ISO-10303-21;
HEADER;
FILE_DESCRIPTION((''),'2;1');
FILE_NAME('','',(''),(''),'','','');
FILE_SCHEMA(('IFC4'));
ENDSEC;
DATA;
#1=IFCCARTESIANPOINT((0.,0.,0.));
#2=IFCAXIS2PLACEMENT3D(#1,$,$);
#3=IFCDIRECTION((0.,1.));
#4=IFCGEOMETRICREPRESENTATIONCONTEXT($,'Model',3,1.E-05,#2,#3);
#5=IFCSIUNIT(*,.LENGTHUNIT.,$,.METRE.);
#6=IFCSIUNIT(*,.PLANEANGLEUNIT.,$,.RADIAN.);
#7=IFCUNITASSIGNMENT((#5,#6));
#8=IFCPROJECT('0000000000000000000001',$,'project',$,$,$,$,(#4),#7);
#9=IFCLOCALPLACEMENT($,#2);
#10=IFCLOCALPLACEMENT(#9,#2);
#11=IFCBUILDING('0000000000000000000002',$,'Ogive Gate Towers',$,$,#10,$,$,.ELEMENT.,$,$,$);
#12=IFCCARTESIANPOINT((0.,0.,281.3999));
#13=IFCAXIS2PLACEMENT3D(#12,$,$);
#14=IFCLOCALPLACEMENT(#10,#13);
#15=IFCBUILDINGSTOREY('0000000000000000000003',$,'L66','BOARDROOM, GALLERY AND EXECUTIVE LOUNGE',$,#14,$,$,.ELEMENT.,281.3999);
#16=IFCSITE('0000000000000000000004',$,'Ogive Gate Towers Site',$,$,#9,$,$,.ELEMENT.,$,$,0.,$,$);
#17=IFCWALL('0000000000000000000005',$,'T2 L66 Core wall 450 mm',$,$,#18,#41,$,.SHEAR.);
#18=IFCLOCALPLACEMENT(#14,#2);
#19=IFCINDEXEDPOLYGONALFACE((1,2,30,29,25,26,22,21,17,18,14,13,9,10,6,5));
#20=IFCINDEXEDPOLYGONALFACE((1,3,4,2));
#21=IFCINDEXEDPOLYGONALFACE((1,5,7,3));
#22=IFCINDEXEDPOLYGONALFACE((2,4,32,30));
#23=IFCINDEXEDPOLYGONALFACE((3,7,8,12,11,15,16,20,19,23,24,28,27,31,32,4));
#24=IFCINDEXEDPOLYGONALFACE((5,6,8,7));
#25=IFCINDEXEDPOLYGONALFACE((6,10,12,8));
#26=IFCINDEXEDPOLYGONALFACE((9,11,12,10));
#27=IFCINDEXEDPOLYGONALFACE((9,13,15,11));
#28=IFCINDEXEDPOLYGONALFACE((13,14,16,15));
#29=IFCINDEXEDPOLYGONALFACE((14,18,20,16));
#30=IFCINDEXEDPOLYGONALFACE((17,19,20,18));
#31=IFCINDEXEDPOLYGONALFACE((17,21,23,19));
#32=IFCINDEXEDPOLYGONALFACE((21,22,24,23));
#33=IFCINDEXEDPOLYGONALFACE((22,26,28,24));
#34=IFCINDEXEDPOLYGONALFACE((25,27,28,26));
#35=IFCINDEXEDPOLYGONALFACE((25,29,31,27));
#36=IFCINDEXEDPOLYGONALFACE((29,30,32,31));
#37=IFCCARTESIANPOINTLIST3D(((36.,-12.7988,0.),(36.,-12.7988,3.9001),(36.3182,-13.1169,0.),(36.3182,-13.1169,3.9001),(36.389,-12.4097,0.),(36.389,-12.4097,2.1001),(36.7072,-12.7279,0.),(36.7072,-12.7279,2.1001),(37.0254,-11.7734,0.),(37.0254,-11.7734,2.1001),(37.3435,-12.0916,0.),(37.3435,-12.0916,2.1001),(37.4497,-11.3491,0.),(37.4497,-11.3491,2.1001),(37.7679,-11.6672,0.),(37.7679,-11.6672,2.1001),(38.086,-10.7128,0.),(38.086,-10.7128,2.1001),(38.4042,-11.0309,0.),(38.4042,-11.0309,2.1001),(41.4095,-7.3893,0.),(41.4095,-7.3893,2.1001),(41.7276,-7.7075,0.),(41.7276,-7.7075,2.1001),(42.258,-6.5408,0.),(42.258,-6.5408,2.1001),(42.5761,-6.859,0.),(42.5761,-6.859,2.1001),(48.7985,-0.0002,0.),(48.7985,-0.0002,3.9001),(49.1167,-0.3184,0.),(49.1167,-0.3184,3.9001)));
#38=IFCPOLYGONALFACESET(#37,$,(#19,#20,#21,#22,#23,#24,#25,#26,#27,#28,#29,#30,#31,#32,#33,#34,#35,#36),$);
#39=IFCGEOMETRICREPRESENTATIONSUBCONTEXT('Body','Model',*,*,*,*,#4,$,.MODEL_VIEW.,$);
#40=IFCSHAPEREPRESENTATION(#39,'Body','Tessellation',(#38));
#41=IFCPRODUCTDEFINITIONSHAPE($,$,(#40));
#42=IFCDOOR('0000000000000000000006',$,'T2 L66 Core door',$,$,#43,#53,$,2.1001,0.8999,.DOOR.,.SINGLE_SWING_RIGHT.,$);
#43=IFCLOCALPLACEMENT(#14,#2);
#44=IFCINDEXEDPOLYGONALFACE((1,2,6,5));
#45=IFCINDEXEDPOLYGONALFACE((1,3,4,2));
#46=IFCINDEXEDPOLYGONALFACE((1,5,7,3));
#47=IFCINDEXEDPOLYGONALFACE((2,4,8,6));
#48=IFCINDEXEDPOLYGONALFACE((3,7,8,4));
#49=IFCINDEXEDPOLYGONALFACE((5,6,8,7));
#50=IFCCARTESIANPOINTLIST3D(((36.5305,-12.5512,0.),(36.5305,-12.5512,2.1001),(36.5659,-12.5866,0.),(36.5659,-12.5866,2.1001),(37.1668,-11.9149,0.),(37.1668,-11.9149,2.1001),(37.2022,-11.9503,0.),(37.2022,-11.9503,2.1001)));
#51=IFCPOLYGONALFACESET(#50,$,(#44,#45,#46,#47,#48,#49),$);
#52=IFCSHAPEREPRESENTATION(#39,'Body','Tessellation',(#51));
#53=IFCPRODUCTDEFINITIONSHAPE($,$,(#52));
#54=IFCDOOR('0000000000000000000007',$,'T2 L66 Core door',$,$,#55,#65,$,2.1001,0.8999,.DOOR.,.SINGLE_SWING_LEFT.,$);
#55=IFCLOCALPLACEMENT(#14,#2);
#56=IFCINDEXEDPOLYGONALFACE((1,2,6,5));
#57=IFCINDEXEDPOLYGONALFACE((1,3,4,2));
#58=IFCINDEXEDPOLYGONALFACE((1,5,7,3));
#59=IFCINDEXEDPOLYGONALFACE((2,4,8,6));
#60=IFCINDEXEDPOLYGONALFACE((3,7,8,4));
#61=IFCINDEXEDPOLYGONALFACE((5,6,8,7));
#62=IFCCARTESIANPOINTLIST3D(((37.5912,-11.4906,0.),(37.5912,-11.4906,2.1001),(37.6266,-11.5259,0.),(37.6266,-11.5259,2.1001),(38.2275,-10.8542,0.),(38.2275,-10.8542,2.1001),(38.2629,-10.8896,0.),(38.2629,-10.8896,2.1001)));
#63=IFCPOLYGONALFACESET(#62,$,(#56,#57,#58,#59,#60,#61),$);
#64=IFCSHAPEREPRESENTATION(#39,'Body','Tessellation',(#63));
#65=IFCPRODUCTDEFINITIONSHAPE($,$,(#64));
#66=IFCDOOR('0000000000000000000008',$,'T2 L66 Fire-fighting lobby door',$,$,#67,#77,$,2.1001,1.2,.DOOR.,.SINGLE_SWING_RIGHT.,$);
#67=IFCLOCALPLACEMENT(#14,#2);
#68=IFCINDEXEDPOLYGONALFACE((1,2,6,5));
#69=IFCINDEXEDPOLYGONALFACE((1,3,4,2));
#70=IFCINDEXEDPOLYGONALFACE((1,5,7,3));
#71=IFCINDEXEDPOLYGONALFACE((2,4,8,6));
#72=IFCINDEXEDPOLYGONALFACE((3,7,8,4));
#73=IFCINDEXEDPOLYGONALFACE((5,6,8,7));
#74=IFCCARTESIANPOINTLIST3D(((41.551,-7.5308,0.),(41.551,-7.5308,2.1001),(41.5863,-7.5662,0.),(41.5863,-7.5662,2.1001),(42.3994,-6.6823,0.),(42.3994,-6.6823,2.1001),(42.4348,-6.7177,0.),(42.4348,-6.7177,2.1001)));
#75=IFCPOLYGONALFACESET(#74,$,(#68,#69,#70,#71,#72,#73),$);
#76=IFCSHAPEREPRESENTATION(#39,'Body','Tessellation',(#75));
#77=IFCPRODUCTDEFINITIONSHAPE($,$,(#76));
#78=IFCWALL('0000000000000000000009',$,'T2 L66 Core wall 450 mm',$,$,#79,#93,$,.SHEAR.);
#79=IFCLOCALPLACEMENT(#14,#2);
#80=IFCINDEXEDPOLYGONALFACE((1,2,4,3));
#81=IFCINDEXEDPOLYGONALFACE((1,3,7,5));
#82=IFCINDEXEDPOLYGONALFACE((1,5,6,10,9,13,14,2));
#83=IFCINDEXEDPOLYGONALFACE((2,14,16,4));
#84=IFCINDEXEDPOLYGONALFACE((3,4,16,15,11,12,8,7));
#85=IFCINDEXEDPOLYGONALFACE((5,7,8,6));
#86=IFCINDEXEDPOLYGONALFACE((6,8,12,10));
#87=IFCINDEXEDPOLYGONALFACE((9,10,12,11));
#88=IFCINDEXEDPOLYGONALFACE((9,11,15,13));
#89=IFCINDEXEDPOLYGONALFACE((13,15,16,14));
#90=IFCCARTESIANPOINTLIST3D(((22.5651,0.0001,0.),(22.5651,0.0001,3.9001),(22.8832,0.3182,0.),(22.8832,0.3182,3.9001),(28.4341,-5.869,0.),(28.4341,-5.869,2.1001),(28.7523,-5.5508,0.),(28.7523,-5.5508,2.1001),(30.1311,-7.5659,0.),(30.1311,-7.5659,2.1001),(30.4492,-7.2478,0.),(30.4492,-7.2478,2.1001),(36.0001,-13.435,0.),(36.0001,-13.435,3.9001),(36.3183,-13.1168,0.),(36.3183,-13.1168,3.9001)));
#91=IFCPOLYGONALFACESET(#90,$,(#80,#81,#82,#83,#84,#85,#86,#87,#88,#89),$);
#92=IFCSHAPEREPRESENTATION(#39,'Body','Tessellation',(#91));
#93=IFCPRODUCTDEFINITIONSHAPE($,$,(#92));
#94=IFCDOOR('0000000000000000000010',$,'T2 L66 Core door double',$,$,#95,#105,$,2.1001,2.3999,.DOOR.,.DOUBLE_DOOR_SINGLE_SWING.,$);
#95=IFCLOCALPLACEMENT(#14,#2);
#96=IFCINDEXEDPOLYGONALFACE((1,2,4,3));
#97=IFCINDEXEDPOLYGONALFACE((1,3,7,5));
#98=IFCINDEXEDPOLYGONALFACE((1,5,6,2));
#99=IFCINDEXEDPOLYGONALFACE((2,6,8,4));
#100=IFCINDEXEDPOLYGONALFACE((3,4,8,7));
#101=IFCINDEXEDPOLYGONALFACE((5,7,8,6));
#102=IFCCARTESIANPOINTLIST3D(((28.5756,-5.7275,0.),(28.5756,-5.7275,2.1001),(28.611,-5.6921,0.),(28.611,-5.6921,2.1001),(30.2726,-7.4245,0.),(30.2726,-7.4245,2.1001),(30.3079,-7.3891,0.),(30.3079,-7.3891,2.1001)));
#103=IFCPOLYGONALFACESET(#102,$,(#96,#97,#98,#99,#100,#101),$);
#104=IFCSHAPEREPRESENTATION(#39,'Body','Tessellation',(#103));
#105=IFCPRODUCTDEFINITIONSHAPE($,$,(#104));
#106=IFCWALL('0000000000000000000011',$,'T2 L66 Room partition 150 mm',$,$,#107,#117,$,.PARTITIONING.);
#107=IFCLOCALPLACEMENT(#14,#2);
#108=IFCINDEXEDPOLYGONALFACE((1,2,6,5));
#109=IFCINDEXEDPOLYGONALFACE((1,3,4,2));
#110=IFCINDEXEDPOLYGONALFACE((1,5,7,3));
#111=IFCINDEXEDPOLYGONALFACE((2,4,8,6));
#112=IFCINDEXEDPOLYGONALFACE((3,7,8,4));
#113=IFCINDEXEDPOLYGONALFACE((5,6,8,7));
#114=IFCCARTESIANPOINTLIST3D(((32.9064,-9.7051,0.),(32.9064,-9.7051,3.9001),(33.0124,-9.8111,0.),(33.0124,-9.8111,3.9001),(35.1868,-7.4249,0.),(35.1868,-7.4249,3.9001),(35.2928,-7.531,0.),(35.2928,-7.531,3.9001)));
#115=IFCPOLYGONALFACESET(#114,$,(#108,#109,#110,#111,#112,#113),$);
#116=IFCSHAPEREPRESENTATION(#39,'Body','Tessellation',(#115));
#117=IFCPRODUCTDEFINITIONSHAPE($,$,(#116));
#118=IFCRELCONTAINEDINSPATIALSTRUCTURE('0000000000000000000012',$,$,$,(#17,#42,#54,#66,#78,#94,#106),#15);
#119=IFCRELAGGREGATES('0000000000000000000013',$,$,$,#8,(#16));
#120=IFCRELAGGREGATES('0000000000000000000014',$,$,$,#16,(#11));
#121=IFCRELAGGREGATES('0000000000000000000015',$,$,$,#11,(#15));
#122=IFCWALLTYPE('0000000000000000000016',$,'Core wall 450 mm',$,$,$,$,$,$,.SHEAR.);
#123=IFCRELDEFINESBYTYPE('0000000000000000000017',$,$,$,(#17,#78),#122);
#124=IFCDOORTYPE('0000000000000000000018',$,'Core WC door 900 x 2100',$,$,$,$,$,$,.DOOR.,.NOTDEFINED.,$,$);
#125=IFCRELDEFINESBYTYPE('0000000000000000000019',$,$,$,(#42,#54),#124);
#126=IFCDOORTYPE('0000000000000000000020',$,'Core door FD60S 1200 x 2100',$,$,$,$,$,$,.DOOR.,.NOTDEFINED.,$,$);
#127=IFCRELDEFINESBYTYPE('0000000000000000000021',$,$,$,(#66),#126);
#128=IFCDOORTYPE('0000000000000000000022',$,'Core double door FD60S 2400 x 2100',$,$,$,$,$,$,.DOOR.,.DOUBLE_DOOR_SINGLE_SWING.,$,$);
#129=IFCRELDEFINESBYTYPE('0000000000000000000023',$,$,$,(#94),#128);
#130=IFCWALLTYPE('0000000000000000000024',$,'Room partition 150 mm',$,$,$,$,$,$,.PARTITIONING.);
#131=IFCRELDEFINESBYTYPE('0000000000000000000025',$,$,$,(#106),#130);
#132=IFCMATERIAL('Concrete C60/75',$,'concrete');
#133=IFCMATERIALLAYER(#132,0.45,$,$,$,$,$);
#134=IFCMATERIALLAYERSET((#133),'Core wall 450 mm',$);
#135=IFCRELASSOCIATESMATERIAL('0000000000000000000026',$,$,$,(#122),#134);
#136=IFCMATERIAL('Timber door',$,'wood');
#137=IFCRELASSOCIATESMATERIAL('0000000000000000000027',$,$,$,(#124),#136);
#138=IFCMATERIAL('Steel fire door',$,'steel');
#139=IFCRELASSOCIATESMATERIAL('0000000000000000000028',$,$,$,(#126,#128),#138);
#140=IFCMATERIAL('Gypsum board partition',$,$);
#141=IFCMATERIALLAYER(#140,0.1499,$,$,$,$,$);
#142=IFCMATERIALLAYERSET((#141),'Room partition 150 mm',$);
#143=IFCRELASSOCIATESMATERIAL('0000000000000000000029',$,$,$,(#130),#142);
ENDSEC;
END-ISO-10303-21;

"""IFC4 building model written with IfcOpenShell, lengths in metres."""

from ifc_helpers import new_model, si_unit, direction, frame, frame_2d, origin, place, context, subcontext, project, spatial, rectangle, extrude, material, layer, layer_set, type_object, element, fill, save


model = new_model("IFC4")

# Units and contexts
model_context = context("Model", 3, precision=1e-05, world=origin(), true_north=direction((0.0, 1.0)))
body_context = subcontext(model_context, "Body", "Model", "MODEL_VIEW")
ifc_project = project(units=[si_unit("LENGTHUNIT", "METRE"), si_unit("PLANEANGLEUNIT", "RADIAN")], contexts=[model_context])

# Site, building, storey
site_placement = place(None, origin())
site = spatial("IfcSite", under=ifc_project, at=site_placement, Name="Ogive Gate Towers Site", CompositionType="ELEMENT", RefElevation=0.0)
building_placement = place(site_placement, origin())
building = spatial("IfcBuilding", under=site, at=building_placement, Name="Ogive Gate Towers", CompositionType="ELEMENT")
storey_placement = place(building_placement, frame((0.0, 0.0, 281.3999)))
storey = spatial("IfcBuildingStorey", under=building, at=storey_placement, Name="L66", Description="BOARDROOM, GALLERY AND EXECUTIVE LOUNGE", CompositionType="ELEMENT", Elevation=281.3999)

# Shared definitions
ifc_material_1 = material(Name="Timber door", Category="wood")

# Wall, openings, doors
ifc_material_2 = material(Name="Concrete C60/75", Category="concrete")
ifc_layer_1 = layer(ifc_material_2, 0.45)
ifc_layer_set_1 = layer_set([ifc_layer_1], Name="Core wall 450 mm")
wall_type_1 = type_object("IfcWallType", Name="Core wall 450 mm", PredefinedType="SHEAR", material=ifc_layer_set_1)
wall_1_placement = place(storey_placement, frame((36.1592, -12.9578, 0.0), z_axis=(0.0, 0.0, 1.0), x_axis=(0.707107, 0.707107, 0.0)))
wall_1 = element("IfcWall", 1, at=wall_1_placement, inside=storey, type_object=wall_type_1, Name="T2 L66 Core wall 450 mm", PredefinedType="SHEAR", context=body_context, shape_type="SweptSolid", body=[
    extrude(rectangle(XDim=18.0999, YDim=0.45, at=frame_2d((9.0498, 0.0))), origin(), (0.0, 0.0, 1.0), 3.9001),
])
opening_1_placement = place(wall_1_placement, frame((7.6499, 0.0, 0.0)))
opening_1 = element("IfcOpeningElement", 2, at=opening_1_placement, cuts=wall_1, PredefinedType="OPENING", context=body_context, shape_type="SweptSolid", body=[
    extrude(rectangle(XDim=1.2, YDim=2.1001, at=frame_2d((0.6001, 1.05))), frame((0.0, 0.2349, 0.0), z_axis=(0.0, -1.0, 0.0), x_axis=(1.0, 0.0, 0.0)), (0.0, 0.0, 1.0), 0.47),
])
opening_2_placement = place(wall_1_placement, frame((0.55, 0.0, 0.0)))
opening_2 = element("IfcOpeningElement", 3, at=opening_2_placement, cuts=wall_1, PredefinedType="OPENING", context=body_context, shape_type="SweptSolid", body=[
    extrude(rectangle(XDim=0.8999, YDim=2.1001, at=frame_2d((0.45, 1.05))), frame((0.0, 0.2349, 0.0), z_axis=(0.0, -1.0, 0.0), x_axis=(1.0, 0.0, 0.0)), (0.0, 0.0, 1.0), 0.47),
])
opening_3_placement = place(wall_1_placement, frame((2.05, 0.0, 0.0)))
opening_3 = element("IfcOpeningElement", 4, at=opening_3_placement, cuts=wall_1, PredefinedType="OPENING", context=body_context, shape_type="SweptSolid", body=[
    extrude(rectangle(XDim=0.8999, YDim=2.1001, at=frame_2d((0.45, 1.05))), frame((0.0, 0.2349, 0.0), z_axis=(0.0, -1.0, 0.0), x_axis=(1.0, 0.0, 0.0)), (0.0, 0.0, 1.0), 0.47),
])
door_type_1 = type_object("IfcDoorType", Name="Core WC door 900 x 2100", OperationType="NOTDEFINED", PredefinedType="DOOR", material=ifc_material_1)
door_1_placement = place(opening_2_placement, origin())
door_1 = element("IfcDoor", 5, at=door_1_placement, inside=storey, type_object=door_type_1, Name="T2 L66 Core door", OperationType="SINGLE_SWING_RIGHT", OverallHeight=2.1001, OverallWidth=0.8999, PredefinedType="DOOR", context=body_context, shape_type="SweptSolid", body=[
    extrude(rectangle(XDim=0.8999, YDim=2.1001, at=frame_2d((0.45, 1.05))), frame((0.0, 0.0249, 0.0), z_axis=(0.0, -1.0, 0.0), x_axis=(1.0, 0.0, 0.0)), (0.0, 0.0, 1.0), 0.05),
])
fill(opening_2, door_1)
door_2_placement = place(opening_3_placement, origin())
door_2 = element("IfcDoor", 6, at=door_2_placement, inside=storey, type_object=door_type_1, Name="T2 L66 Core door", OperationType="SINGLE_SWING_LEFT", OverallHeight=2.1001, OverallWidth=0.8999, PredefinedType="DOOR", context=body_context, shape_type="SweptSolid", body=[
    extrude(rectangle(XDim=0.8999, YDim=2.1001, at=frame_2d((0.45, 1.05))), frame((0.0, 0.0249, 0.0), z_axis=(0.0, -1.0, 0.0), x_axis=(1.0, 0.0, 0.0)), (0.0, 0.0, 1.0), 0.05),
])
fill(opening_3, door_2)
ifc_material_3 = material(Name="Steel fire door", Category="steel")
door_type_2 = type_object("IfcDoorType", Name="Core door FD60S 1200 x 2100", OperationType="NOTDEFINED", PredefinedType="DOOR", material=ifc_material_3)
door_3_placement = place(opening_1_placement, origin())
door_3 = element("IfcDoor", 7, at=door_3_placement, inside=storey, type_object=door_type_2, Name="T2 L66 Fire-fighting lobby door", OperationType="SINGLE_SWING_RIGHT", OverallHeight=2.1001, OverallWidth=1.2, PredefinedType="DOOR", context=body_context, shape_type="SweptSolid", body=[
    extrude(rectangle(XDim=1.2, YDim=2.1001, at=frame_2d((0.6001, 1.05))), frame((0.0, 0.0249, 0.0), z_axis=(0.0, -1.0, 0.0), x_axis=(1.0, 0.0, 0.0)), (0.0, 0.0, 1.0), 0.05),
])
fill(opening_1, door_3)

# Wall, opening, door
wall_2_placement = place(storey_placement, frame((36.1592, -13.2759, 0.0), z_axis=(0.0, 0.0, 1.0), x_axis=(-0.707107, 0.707107, 0.0)))
wall_2 = element("IfcWall", 8, at=wall_2_placement, inside=storey, type_object=wall_type_1, Name="T2 L66 Core wall 450 mm", PredefinedType="SHEAR", context=body_context, shape_type="SweptSolid", body=[
    extrude(rectangle(XDim=19.0, YDim=0.45, at=frame_2d((9.5, 0.0))), origin(), (0.0, 0.0, 1.0), 3.9001),
])
opening_4_placement = place(wall_2_placement, frame((8.3, 0.0, 0.0)))
opening_4 = element("IfcOpeningElement", 9, at=opening_4_placement, cuts=wall_2, PredefinedType="OPENING", context=body_context, shape_type="SweptSolid", body=[
    extrude(rectangle(XDim=2.3999, YDim=2.1001, at=frame_2d((1.2, 1.05))), frame((0.0, 0.2349, 0.0), z_axis=(0.0, -1.0, 0.0), x_axis=(1.0, 0.0, 0.0)), (0.0, 0.0, 1.0), 0.47),
])
door_type_3 = type_object("IfcDoorType", Name="Core double door FD60S 2400 x 2100", OperationType="DOUBLE_DOOR_SINGLE_SWING", PredefinedType="DOOR", material=ifc_material_3)
door_4_placement = place(opening_4_placement, origin())
door_4 = element("IfcDoor", 10, at=door_4_placement, inside=storey, type_object=door_type_3, Name="T2 L66 Core door double", OperationType="DOUBLE_DOOR_SINGLE_SWING", OverallHeight=2.1001, OverallWidth=2.3999, PredefinedType="DOOR", context=body_context, shape_type="SweptSolid", body=[
    extrude(rectangle(XDim=2.3999, YDim=2.1001, at=frame_2d((1.2, 1.05))), frame((0.0, 0.0249, 0.0), z_axis=(0.0, -1.0, 0.0), x_axis=(1.0, 0.0, 0.0)), (0.0, 0.0, 1.0), 0.05),
])
fill(opening_4, door_4)

# Wall
ifc_material_4 = material(Name="Gypsum board partition")
ifc_layer_2 = layer(ifc_material_4, 0.1499)
ifc_layer_set_2 = layer_set([ifc_layer_2], Name="Room partition 150 mm")
wall_type_2 = type_object("IfcWallType", Name="Room partition 150 mm", PredefinedType="PARTITIONING", material=ifc_layer_set_2)
wall_3_placement = place(storey_placement, frame((32.9595, -9.7581, 0.0), z_axis=(0.0, 0.0, 1.0), x_axis=(0.707145, 0.707069, 0.0)))
element("IfcWall", 11, at=wall_3_placement, inside=storey, type_object=wall_type_2, Name="T2 L66 Room partition 150 mm", PredefinedType="PARTITIONING", context=body_context, shape_type="SweptSolid", body=[
    extrude(rectangle(XDim=3.2249, YDim=0.1499, at=frame_2d((1.6123, 0.0))), origin(), (0.0, 0.0, 1.0), 3.9001),
])

save(model, "model.ifc")
